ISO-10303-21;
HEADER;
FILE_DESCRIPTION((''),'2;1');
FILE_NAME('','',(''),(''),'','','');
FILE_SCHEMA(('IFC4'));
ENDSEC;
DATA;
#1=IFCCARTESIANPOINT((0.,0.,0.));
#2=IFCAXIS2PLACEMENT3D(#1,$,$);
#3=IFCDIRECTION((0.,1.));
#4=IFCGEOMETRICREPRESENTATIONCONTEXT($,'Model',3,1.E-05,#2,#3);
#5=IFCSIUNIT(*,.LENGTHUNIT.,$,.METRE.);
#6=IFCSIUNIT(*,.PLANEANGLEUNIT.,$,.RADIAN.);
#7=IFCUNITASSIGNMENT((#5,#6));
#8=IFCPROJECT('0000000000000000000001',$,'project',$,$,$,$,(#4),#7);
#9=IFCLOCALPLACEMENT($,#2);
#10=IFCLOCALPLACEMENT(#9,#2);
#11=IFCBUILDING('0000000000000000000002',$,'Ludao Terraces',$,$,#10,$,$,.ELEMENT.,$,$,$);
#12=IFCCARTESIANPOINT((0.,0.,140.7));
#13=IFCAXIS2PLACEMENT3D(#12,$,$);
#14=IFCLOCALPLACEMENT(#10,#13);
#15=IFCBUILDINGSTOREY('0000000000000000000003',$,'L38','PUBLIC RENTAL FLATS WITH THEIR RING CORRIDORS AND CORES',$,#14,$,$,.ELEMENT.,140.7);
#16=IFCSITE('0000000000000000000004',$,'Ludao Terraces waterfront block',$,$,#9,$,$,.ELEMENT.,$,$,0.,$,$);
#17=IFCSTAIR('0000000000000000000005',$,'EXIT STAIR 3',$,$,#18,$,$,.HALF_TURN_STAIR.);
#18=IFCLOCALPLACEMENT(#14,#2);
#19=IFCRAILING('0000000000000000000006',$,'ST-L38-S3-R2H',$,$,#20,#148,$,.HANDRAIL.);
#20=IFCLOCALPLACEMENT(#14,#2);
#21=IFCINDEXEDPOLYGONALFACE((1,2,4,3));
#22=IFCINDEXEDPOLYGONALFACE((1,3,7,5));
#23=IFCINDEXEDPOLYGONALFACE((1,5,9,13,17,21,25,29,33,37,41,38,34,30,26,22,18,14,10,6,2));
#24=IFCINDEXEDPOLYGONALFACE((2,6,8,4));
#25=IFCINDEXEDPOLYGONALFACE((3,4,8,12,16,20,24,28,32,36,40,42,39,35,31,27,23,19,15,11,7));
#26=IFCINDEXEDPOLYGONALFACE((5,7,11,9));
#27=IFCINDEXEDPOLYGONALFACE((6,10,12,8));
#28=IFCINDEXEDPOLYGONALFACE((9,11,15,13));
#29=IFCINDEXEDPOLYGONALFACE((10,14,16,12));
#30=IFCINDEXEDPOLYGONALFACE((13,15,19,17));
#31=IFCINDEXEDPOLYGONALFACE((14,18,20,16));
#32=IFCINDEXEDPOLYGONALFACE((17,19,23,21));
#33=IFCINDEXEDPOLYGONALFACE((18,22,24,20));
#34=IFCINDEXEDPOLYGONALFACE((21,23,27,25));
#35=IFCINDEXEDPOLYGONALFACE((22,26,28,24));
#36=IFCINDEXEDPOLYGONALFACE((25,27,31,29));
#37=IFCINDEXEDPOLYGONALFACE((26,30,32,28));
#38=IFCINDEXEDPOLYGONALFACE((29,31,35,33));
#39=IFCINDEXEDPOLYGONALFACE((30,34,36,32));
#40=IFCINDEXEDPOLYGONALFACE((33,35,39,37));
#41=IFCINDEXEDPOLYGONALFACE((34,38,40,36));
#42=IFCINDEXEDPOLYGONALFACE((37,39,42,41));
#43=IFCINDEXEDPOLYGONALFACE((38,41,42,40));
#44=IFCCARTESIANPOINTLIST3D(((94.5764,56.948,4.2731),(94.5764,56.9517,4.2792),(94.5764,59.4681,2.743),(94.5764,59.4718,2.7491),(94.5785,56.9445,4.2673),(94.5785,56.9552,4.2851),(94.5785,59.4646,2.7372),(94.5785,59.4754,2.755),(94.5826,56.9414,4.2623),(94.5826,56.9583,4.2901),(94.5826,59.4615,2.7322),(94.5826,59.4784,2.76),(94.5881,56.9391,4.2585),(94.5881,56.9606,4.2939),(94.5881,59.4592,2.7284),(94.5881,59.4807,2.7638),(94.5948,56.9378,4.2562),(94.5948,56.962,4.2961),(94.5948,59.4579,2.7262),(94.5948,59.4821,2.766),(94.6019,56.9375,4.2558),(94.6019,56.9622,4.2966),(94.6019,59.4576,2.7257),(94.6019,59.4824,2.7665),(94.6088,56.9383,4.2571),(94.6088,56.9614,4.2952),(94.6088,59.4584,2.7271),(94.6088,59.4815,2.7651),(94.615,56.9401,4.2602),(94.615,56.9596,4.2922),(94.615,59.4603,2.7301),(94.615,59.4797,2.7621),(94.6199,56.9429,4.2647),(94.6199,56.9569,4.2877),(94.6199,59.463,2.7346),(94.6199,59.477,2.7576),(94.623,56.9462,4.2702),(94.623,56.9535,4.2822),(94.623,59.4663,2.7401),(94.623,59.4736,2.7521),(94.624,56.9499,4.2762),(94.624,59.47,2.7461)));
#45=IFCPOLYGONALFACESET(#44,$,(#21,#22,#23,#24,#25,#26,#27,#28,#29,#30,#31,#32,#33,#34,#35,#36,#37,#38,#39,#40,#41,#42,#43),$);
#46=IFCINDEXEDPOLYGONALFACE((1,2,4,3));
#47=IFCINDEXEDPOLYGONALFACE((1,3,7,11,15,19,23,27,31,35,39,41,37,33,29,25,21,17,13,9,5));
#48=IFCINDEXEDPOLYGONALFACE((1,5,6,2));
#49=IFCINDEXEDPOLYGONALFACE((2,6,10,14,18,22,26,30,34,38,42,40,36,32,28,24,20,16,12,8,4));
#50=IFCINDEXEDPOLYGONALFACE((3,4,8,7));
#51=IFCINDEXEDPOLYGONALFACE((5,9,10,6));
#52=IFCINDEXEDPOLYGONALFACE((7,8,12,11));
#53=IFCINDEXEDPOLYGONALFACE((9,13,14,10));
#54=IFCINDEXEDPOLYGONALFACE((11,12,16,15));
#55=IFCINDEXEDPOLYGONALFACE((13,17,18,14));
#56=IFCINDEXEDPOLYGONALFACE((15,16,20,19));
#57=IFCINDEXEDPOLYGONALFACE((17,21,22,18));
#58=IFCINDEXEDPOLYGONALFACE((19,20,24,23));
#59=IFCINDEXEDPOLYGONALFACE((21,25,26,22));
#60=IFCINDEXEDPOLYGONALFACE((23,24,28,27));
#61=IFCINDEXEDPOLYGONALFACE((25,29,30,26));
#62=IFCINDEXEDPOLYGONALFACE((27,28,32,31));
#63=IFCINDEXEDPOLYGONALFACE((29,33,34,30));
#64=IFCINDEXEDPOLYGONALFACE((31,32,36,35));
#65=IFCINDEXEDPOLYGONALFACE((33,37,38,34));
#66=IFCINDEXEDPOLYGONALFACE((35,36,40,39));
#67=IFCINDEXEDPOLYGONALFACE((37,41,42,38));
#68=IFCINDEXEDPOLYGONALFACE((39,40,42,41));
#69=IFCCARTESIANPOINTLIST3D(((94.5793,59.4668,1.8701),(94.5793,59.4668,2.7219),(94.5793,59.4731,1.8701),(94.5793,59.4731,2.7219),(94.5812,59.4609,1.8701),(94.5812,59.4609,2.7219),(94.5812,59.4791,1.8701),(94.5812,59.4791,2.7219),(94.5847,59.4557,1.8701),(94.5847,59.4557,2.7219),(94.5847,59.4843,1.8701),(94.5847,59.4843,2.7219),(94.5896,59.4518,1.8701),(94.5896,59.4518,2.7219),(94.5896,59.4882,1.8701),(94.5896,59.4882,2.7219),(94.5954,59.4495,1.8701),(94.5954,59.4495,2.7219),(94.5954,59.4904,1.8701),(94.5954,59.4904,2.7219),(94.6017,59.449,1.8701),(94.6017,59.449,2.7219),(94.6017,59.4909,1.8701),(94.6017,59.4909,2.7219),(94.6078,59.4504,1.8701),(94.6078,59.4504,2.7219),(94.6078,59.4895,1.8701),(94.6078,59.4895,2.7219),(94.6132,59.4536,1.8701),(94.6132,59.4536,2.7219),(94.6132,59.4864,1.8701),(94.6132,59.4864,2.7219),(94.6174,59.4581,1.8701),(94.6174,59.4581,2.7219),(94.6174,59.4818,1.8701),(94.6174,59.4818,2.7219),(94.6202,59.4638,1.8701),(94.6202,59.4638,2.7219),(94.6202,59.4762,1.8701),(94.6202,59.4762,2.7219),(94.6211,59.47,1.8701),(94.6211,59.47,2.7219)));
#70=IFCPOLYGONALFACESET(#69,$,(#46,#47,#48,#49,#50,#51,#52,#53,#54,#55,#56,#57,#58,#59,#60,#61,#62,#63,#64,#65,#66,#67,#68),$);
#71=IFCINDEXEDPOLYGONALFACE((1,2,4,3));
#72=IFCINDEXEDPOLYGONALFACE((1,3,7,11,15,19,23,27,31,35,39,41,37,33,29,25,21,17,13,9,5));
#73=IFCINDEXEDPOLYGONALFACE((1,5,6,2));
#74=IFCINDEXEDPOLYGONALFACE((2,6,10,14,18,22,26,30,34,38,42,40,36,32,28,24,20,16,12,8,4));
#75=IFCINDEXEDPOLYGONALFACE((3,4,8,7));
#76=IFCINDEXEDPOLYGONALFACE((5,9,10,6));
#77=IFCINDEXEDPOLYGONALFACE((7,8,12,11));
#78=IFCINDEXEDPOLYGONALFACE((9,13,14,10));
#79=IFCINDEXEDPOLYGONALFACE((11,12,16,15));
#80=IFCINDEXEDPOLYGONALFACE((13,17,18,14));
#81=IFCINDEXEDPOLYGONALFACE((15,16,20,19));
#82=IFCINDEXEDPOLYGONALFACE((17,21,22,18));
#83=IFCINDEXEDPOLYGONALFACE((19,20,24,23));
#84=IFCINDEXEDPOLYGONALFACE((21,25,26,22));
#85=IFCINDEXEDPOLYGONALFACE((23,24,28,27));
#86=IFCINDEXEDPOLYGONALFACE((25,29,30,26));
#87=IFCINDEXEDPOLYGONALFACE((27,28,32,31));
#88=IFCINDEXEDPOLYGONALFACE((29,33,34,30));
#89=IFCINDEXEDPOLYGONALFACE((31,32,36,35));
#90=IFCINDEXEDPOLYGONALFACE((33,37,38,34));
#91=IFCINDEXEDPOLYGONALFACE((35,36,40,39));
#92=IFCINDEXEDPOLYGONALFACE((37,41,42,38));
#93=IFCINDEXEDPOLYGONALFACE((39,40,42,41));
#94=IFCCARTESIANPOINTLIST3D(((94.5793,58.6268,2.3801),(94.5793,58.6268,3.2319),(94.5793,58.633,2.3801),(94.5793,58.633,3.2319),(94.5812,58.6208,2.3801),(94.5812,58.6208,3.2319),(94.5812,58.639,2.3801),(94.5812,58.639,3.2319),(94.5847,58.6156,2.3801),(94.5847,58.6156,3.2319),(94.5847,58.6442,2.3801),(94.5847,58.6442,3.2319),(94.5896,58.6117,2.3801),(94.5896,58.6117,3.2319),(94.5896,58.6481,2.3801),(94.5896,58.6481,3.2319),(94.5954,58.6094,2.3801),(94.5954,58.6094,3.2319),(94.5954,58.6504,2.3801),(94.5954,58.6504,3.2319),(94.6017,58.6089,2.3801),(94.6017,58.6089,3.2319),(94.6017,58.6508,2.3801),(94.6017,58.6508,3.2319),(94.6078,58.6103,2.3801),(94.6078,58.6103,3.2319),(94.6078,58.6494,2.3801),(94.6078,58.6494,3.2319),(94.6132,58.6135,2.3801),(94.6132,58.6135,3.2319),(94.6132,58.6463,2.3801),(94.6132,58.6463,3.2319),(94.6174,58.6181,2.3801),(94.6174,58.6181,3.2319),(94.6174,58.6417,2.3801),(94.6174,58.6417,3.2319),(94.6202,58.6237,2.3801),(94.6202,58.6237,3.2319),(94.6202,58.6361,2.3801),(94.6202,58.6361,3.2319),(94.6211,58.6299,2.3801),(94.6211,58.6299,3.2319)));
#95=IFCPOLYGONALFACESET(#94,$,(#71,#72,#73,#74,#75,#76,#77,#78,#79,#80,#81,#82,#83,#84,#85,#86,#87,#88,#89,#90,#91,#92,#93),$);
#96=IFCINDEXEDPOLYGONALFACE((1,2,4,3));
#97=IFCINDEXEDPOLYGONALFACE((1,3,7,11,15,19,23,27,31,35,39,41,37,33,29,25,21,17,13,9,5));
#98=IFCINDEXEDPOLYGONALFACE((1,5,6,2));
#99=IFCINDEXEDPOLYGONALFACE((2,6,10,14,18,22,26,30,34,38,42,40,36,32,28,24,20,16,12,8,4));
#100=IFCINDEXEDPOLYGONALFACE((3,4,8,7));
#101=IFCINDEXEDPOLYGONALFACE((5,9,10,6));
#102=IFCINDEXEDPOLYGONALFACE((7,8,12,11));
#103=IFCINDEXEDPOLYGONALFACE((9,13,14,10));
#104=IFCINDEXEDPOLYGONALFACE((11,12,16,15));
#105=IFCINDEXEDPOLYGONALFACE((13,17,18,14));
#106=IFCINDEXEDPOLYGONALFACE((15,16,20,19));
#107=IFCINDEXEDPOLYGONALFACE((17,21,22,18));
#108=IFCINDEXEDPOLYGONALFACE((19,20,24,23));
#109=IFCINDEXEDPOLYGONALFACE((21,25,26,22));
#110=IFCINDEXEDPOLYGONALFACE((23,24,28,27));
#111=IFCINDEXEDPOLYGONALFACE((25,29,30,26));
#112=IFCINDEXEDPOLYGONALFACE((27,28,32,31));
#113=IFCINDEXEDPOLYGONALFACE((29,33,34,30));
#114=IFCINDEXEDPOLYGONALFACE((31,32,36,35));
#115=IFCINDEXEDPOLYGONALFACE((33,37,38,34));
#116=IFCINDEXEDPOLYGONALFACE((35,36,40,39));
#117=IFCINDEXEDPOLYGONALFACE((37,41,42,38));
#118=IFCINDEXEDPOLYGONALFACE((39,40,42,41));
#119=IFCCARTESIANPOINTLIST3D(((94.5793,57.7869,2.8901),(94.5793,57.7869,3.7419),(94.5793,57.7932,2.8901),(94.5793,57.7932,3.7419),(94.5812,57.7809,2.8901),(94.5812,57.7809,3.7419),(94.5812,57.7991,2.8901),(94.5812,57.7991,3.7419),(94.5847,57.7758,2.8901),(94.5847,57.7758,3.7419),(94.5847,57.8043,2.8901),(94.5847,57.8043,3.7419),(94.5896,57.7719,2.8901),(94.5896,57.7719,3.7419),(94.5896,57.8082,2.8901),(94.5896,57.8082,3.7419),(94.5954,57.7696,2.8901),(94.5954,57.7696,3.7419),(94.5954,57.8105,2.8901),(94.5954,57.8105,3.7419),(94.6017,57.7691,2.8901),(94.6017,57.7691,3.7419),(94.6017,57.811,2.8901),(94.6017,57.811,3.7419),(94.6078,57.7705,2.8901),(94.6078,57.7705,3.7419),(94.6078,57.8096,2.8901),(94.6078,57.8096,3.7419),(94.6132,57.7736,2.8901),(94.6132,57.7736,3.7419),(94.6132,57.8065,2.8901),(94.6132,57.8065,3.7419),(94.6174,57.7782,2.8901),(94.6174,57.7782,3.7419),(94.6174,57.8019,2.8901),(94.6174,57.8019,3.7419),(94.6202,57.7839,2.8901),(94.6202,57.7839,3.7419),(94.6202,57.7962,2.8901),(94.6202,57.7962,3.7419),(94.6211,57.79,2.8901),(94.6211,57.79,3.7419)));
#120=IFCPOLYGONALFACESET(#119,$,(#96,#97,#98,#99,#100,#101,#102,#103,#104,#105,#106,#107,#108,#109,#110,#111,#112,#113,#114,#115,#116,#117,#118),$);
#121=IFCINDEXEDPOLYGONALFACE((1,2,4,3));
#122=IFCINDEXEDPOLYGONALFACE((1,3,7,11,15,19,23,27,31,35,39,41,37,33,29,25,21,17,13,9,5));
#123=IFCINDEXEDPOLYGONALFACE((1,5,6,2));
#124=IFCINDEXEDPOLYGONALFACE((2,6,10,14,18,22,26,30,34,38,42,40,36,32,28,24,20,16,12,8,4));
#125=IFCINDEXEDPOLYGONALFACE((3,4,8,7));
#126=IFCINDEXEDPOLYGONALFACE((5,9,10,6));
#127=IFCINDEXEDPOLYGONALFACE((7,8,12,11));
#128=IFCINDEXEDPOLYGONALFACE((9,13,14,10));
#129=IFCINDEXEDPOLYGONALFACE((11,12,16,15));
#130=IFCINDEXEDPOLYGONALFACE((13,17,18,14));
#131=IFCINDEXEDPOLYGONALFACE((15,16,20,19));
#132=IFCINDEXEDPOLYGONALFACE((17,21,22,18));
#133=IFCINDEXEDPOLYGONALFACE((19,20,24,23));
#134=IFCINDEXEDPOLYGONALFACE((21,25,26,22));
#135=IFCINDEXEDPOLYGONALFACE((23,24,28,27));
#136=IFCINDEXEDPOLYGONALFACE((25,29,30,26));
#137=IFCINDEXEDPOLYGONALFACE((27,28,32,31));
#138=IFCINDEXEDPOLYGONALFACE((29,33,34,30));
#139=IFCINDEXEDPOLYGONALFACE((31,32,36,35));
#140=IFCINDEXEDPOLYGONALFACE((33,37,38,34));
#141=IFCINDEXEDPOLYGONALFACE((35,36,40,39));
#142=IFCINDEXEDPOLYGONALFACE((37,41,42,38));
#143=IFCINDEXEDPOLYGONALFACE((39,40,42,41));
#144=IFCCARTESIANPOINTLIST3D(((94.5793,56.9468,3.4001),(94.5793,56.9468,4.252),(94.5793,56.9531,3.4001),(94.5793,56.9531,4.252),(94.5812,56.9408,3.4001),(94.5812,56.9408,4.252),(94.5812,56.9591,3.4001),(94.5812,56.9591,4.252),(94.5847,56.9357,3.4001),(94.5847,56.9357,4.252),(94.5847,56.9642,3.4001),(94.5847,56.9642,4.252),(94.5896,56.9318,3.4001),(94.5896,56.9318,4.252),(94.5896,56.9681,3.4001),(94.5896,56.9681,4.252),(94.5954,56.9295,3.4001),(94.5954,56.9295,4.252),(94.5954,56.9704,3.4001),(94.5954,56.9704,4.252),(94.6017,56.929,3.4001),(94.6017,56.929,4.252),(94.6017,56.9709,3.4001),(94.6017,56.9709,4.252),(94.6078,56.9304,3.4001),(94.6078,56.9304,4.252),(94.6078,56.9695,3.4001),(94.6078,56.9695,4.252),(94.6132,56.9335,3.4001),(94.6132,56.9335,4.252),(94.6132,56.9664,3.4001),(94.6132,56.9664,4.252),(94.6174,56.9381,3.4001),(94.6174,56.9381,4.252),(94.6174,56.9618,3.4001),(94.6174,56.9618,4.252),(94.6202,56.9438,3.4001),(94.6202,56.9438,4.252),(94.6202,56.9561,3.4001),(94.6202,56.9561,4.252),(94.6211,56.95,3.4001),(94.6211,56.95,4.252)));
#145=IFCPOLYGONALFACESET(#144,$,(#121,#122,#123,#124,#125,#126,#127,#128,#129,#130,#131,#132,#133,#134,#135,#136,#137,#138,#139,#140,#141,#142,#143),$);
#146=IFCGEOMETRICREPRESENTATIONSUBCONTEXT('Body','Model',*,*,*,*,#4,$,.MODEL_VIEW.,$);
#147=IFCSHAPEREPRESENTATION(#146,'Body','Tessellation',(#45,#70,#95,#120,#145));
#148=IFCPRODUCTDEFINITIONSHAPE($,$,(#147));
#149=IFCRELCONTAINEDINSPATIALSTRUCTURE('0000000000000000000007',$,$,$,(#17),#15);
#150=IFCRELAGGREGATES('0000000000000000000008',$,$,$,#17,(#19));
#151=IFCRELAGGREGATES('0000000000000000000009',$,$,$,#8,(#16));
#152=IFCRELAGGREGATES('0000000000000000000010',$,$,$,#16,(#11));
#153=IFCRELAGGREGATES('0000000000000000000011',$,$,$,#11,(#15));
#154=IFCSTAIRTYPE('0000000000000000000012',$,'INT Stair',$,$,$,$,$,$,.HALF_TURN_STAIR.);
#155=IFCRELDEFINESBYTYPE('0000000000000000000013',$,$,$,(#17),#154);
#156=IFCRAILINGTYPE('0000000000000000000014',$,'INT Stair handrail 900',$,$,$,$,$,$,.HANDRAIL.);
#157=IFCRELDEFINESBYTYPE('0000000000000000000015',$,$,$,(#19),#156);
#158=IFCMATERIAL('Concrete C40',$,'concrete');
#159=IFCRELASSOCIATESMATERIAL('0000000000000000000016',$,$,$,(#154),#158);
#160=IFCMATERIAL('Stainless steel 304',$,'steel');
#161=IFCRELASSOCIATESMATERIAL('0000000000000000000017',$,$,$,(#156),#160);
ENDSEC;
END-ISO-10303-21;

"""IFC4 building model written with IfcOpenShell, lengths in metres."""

from ifc_helpers import new_model, si_unit, direction, frame, origin, origin_2d, place, context, subcontext, project, spatial, circle, extrude, material, type_object, element, aggregate, save


model = new_model("IFC4")

# Units and contexts
model_context = context("Model", 3, precision=1e-05, world=origin(), true_north=direction((0.0, 1.0)))
body_context = subcontext(model_context, "Body", "Model", "MODEL_VIEW")
ifc_project = project(units=[si_unit("LENGTHUNIT", "METRE"), si_unit("PLANEANGLEUNIT", "RADIAN")], contexts=[model_context])

# Site, building, storey
site_placement = place(None, origin())
site = spatial("IfcSite", under=ifc_project, at=site_placement, Name="Ludao Terraces waterfront block", CompositionType="ELEMENT", RefElevation=0.0)
building_placement = place(site_placement, origin())
building = spatial("IfcBuilding", under=site, at=building_placement, Name="Ludao Terraces", CompositionType="ELEMENT")
storey_placement = place(building_placement, frame((0.0, 0.0, 140.7)))
storey = spatial("IfcBuildingStorey", under=building, at=storey_placement, Name="L38", Description="PUBLIC RENTAL FLATS WITH THEIR RING CORRIDORS AND CORES", CompositionType="ELEMENT", Elevation=140.7)

# Shared definitions
ifc_material_1 = material(Name="Concrete C40", Category="concrete")

# Stair, railing
stair_type = type_object("IfcStairType", Name="INT Stair", PredefinedType="HALF_TURN_STAIR", material=ifc_material_1)
stair_placement = place(storey_placement, origin())
stair = element("IfcStair", 1, at=stair_placement, inside=storey, type_object=stair_type, Name="EXIT STAIR 3", PredefinedType="HALF_TURN_STAIR")
ifc_material_2 = material(Name="Stainless steel 304", Category="steel")
railing_type_1 = type_object("IfcRailingType", Name="INT Stair handrail 900", PredefinedType="HANDRAIL", material=ifc_material_2)
railing_1_placement = place(storey_placement, frame((94.6001, 59.47, 1.8701)))
railing_1 = element("IfcRailing", 2, at=railing_1_placement, type_object=railing_type_1, Name="ST-L38-S3-R2H", PredefinedType="HANDRAIL", context=body_context, shape_type="SweptSolid", body=[
    extrude(circle(Radius=0.0239, at=origin_2d()), frame((0.0, 0.0, 0.876), z_axis=(0.0, -0.854785, 0.518982), x_axis=(1.0, 0.0, 0.0)), (0.0, 0.0, 1.0), 2.9482),
    extrude(circle(Radius=0.021, at=origin_2d()), origin(), (0.0, 0.0, 1.0), 0.8518),
    extrude(circle(Radius=0.021, at=origin_2d()), frame((0.0, -0.8401, 0.51)), (0.0, 0.0, 1.0), 0.8518),
    extrude(circle(Radius=0.021, at=origin_2d()), frame((0.0, -1.6799, 1.02)), (0.0, 0.0, 1.0), 0.8518),
    extrude(circle(Radius=0.021, at=origin_2d()), frame((0.0, -2.52, 1.53)), (0.0, 0.0, 1.0), 0.8518),
])
aggregate(stair, [railing_1])

save(model, "model.ifc")
